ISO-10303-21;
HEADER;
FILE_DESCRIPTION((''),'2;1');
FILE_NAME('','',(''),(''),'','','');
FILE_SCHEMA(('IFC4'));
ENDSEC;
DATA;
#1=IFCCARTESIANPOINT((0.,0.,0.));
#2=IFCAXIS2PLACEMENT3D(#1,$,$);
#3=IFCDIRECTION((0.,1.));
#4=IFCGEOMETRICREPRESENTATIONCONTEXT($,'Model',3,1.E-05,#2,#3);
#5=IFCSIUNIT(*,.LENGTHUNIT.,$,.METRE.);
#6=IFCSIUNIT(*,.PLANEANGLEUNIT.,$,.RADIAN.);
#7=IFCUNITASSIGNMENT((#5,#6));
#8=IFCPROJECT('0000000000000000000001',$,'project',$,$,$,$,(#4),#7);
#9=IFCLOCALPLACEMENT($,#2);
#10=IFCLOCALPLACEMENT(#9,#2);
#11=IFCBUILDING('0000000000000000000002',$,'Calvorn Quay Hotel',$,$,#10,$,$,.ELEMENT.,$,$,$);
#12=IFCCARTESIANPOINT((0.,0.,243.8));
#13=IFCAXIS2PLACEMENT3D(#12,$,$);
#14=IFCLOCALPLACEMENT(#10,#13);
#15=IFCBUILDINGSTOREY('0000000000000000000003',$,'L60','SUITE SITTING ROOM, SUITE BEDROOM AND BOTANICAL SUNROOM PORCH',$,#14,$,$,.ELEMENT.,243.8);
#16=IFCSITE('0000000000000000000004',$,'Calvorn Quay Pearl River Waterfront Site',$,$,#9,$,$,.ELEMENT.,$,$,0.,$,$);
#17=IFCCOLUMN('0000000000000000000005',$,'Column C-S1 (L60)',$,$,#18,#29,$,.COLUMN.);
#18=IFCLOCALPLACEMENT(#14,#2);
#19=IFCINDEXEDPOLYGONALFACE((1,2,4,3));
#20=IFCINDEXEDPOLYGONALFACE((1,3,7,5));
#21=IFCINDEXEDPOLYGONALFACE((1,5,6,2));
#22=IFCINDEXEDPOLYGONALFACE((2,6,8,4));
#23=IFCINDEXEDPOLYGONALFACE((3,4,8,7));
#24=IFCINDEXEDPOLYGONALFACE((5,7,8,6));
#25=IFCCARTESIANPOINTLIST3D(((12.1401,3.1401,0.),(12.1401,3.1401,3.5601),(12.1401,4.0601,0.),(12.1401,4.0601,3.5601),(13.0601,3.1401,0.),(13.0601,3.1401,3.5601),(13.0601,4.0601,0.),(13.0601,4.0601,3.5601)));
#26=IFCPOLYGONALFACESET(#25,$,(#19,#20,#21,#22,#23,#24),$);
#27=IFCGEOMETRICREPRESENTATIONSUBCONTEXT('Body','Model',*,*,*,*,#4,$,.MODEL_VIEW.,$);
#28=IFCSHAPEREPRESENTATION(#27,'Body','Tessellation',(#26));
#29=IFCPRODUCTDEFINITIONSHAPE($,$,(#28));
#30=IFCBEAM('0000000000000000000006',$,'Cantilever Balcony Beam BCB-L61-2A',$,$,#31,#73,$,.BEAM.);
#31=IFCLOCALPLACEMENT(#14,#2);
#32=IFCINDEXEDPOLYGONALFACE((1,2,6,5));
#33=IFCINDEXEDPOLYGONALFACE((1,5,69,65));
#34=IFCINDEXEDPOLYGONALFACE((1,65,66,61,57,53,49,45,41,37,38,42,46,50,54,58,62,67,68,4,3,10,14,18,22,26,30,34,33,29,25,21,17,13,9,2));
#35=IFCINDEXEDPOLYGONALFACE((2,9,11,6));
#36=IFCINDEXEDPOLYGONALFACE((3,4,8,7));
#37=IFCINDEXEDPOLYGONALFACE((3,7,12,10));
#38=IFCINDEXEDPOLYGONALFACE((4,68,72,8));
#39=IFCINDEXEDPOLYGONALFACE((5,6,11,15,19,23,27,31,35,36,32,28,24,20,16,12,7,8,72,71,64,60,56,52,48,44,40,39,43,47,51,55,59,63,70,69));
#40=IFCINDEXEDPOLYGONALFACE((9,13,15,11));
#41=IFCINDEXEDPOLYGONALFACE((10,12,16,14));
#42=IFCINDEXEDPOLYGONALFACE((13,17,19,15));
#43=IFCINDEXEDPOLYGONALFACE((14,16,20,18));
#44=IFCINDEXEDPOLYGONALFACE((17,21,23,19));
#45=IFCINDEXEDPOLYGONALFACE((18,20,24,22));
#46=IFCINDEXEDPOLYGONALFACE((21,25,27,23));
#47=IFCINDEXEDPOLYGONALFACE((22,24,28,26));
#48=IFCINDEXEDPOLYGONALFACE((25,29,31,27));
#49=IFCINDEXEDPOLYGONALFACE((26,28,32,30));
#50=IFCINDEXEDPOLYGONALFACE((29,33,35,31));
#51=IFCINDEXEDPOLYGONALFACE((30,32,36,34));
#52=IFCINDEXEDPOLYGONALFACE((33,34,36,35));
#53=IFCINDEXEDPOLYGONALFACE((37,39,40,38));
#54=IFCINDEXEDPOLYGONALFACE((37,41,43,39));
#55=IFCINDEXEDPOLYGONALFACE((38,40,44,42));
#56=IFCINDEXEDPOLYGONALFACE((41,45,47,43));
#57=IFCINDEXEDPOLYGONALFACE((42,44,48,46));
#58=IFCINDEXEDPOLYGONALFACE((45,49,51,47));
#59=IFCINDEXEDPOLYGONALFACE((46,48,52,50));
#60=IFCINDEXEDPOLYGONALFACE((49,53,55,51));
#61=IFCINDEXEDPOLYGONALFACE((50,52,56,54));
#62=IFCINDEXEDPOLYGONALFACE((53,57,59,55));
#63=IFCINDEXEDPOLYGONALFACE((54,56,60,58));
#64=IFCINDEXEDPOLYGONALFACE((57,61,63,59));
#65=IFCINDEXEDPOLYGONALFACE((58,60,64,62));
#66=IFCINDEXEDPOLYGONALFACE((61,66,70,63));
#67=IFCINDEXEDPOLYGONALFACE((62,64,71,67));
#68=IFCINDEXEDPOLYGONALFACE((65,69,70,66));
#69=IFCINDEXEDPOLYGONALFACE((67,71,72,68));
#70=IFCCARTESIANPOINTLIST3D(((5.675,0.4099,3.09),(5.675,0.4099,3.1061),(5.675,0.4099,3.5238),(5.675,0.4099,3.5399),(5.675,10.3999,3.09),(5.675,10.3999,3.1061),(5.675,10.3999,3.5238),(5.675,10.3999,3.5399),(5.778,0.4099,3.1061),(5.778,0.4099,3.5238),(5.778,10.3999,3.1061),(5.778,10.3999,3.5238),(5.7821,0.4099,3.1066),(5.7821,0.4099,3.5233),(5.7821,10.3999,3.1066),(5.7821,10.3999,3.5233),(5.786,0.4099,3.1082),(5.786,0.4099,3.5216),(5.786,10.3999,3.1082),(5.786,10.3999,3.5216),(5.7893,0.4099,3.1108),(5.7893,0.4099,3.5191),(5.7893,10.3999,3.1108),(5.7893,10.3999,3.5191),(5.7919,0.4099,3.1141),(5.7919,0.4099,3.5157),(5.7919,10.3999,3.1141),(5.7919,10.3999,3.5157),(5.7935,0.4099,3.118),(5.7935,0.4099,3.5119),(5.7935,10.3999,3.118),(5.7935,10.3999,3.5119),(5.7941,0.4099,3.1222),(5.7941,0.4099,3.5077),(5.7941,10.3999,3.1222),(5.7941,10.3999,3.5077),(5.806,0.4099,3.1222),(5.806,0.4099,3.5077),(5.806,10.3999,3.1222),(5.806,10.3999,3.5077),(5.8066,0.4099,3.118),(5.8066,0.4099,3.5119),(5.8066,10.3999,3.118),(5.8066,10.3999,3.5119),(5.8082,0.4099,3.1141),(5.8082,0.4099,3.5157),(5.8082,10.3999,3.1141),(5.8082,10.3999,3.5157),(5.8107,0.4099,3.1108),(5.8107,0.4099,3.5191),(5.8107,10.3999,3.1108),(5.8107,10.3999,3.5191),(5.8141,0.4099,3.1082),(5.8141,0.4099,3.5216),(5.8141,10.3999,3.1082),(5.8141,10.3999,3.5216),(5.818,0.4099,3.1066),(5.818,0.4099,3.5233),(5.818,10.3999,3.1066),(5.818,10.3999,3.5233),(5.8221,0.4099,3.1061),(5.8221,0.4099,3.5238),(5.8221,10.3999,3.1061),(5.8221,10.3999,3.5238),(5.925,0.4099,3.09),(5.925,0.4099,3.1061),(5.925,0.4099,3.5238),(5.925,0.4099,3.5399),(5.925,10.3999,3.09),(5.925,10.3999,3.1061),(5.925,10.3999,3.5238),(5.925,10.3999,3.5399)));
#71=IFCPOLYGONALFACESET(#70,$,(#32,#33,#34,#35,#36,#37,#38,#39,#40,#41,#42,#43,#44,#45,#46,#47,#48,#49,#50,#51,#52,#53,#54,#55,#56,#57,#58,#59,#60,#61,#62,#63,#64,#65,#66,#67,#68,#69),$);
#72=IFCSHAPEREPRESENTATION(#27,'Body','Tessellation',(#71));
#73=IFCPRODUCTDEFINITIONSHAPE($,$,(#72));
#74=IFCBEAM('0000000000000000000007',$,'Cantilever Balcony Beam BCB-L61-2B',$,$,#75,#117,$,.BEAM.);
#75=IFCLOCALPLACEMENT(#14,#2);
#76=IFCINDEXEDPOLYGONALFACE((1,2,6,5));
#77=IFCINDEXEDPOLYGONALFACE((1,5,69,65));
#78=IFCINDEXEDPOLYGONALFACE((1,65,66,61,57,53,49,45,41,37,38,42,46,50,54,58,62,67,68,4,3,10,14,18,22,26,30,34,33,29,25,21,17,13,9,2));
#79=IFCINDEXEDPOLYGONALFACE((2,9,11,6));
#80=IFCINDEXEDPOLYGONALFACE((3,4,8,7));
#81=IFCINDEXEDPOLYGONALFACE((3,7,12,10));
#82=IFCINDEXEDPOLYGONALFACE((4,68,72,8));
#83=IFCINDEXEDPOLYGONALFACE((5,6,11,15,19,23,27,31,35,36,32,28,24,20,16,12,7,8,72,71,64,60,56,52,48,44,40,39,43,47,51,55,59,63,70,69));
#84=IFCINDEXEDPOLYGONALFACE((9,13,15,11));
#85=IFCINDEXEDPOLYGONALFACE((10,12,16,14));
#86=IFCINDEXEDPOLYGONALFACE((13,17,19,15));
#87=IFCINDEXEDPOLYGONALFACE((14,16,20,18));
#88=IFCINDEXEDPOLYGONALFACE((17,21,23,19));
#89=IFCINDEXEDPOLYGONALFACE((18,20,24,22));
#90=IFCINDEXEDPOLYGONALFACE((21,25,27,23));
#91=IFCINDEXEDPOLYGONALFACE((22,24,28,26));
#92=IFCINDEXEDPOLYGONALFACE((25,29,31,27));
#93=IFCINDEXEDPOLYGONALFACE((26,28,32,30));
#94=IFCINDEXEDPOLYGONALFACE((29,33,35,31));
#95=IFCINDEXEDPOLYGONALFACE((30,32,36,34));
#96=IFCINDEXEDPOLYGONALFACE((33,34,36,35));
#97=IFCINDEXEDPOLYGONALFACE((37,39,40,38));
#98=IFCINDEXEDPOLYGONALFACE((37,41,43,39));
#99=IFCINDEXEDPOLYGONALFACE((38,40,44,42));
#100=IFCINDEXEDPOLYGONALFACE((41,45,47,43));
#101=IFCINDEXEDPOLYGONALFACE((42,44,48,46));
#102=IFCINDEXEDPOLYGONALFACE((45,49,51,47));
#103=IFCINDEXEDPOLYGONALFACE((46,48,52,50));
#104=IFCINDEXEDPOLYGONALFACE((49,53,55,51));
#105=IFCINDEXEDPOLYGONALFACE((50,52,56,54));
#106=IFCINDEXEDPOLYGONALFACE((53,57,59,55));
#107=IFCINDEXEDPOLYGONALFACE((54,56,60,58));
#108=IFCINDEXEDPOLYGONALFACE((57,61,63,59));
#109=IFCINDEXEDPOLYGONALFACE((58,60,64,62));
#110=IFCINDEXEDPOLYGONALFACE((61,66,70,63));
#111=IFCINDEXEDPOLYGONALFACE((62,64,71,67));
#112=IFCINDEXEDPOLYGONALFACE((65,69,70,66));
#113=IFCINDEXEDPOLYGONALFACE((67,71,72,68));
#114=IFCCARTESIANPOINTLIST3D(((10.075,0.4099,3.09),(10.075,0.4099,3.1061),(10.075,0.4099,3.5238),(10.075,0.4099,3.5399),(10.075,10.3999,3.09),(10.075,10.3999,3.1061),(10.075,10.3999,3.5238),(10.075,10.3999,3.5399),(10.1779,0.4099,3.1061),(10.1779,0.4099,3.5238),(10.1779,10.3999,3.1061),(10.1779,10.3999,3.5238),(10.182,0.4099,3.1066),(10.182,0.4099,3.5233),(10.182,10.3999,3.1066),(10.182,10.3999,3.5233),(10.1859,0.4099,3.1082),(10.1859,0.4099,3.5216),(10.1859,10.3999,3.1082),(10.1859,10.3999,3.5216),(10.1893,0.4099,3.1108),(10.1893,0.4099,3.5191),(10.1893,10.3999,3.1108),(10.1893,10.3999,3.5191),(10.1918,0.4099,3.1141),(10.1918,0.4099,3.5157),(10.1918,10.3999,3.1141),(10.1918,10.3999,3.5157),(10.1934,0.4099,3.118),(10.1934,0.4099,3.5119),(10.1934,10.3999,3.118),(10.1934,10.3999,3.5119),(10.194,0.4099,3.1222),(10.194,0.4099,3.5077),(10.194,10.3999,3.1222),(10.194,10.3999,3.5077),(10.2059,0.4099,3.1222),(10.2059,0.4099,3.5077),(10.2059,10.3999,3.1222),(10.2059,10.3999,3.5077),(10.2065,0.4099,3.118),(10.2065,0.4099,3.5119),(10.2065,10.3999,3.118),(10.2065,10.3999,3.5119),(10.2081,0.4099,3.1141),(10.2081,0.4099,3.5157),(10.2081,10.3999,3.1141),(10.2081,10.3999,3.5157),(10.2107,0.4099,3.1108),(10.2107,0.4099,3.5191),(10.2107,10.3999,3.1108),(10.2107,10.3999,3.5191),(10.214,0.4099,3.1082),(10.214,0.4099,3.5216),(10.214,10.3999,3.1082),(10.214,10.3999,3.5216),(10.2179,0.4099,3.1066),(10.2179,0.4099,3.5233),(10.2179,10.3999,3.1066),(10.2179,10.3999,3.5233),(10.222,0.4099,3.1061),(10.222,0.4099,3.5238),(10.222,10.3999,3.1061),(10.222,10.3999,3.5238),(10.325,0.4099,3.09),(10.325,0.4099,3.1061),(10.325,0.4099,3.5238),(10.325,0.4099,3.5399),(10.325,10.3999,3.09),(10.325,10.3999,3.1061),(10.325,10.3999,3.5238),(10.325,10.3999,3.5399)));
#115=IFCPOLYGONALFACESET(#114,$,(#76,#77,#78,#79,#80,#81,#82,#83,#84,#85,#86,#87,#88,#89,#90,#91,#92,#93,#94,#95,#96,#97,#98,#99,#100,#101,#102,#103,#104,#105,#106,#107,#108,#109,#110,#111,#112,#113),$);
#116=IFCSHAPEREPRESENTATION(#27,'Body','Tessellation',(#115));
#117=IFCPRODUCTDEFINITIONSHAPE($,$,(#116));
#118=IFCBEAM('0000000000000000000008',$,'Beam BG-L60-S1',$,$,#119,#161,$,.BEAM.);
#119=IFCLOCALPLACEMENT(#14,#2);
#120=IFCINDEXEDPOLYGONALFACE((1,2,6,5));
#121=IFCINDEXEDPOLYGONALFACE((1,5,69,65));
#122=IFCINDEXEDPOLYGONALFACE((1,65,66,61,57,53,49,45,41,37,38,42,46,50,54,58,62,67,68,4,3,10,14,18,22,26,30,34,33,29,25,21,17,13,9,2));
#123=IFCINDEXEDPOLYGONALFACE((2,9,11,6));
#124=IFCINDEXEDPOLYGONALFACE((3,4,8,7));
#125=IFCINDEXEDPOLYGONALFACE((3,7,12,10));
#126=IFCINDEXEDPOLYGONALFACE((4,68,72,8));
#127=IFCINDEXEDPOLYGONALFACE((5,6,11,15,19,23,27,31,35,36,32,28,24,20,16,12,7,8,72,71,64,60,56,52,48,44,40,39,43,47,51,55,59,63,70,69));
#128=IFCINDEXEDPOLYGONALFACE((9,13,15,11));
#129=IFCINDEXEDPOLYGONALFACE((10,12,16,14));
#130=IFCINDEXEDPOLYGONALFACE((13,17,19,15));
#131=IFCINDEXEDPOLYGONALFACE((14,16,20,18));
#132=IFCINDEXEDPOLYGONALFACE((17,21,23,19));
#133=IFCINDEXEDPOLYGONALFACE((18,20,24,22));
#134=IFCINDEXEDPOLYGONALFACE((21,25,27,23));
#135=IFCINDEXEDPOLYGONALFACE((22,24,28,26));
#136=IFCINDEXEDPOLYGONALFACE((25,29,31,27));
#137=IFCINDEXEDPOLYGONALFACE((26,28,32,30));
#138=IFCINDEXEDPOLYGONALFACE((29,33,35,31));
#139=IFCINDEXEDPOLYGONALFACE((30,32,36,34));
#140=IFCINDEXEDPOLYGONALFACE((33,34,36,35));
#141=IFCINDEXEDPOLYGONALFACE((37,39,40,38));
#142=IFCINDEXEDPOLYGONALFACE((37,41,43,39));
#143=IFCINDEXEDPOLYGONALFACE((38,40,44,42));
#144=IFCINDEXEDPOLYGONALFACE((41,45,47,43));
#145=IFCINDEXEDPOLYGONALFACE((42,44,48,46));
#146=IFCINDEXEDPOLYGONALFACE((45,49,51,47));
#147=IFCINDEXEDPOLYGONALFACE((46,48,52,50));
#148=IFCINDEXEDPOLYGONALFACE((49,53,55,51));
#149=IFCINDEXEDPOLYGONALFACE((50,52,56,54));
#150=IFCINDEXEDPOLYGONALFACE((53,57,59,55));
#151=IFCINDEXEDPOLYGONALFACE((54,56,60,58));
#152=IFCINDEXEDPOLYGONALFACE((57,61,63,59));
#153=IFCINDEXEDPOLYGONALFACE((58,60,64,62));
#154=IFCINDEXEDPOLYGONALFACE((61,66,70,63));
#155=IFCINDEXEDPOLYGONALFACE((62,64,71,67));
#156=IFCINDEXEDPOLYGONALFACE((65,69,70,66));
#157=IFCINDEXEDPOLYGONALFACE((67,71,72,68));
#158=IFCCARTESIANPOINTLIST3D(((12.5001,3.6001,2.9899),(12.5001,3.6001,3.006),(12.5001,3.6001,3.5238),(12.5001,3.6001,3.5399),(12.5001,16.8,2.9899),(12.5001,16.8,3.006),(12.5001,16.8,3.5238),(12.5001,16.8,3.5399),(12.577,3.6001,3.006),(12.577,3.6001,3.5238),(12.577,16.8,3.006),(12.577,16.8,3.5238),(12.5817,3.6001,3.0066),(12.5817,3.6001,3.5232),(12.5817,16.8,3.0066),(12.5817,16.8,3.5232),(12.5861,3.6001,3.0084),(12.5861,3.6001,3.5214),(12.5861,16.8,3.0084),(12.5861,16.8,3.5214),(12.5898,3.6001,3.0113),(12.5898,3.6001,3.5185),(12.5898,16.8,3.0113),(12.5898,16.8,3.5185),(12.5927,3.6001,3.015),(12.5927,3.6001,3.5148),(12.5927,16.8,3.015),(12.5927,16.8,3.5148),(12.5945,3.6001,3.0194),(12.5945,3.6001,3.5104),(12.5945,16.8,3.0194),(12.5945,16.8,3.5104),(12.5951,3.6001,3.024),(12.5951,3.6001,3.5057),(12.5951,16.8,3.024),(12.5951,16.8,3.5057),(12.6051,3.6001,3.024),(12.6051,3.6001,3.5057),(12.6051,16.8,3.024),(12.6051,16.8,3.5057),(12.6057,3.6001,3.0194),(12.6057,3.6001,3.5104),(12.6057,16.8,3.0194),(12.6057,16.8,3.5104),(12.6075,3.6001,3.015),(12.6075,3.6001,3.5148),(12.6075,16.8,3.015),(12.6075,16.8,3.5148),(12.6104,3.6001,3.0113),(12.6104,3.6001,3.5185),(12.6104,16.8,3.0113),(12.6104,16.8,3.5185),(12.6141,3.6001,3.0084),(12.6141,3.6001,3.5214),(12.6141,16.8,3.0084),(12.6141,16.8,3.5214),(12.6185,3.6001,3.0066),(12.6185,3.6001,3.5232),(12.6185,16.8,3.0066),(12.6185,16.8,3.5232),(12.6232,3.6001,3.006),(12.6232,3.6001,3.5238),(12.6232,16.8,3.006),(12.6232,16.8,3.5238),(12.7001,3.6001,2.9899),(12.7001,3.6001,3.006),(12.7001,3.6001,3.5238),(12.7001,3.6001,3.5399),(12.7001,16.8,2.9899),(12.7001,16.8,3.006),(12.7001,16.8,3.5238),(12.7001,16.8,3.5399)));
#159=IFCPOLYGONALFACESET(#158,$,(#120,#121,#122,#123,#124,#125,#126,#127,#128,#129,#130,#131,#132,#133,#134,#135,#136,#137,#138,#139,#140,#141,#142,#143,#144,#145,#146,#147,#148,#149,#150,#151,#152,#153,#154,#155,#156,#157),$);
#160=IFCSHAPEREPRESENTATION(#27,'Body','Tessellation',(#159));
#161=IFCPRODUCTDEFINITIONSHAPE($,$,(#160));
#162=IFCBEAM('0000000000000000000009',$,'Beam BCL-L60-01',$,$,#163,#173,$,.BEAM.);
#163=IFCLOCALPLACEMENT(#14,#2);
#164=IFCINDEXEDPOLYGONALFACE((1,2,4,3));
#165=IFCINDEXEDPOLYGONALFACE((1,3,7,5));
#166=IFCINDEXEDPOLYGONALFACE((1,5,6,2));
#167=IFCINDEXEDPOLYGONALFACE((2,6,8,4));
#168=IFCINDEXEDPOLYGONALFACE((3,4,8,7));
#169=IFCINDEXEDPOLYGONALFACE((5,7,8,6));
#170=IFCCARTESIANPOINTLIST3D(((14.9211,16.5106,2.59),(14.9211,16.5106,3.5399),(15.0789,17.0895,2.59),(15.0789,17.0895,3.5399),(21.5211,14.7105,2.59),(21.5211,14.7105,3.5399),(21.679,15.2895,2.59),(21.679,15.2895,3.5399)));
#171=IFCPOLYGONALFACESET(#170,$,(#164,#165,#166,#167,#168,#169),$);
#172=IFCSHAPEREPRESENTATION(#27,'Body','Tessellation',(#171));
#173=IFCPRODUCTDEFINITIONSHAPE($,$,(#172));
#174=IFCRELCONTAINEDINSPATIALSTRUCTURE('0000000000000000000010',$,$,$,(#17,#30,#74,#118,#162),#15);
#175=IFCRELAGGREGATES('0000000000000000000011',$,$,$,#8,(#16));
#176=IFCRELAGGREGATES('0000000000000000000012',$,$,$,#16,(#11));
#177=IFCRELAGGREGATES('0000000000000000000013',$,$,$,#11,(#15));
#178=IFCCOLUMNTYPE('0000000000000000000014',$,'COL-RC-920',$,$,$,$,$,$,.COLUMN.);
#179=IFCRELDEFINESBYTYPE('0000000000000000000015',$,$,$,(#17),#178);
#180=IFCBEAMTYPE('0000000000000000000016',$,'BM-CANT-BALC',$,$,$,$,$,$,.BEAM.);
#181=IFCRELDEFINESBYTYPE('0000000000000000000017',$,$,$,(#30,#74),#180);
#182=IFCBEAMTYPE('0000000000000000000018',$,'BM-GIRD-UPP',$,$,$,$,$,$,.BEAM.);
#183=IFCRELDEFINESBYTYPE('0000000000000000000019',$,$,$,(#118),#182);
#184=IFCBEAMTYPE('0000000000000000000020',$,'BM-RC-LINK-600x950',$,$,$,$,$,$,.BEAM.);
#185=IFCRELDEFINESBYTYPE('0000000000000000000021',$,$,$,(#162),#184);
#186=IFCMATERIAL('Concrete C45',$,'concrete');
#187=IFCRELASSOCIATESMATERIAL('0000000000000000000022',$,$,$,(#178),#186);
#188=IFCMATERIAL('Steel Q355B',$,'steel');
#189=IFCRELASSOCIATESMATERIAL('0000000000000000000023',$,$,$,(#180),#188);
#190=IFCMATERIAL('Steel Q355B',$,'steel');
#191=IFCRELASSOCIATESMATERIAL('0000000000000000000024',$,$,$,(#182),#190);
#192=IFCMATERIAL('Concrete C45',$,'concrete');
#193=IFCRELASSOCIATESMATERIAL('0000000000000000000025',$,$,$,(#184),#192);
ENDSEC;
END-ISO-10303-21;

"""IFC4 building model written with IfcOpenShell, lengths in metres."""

from ifc_helpers import new_model, si_unit, direction, frame, origin, origin_2d, place, context, subcontext, project, spatial, rectangle, i_section, extrude, material, material_profile, profile_set, type_object, element, save


model = new_model("IFC4")

# Units and contexts
model_context = context("Model", 3, precision=1e-05, world=origin(), true_north=direction((0.0, 1.0)))
body_context = subcontext(model_context, "Body", "Model", "MODEL_VIEW")
ifc_project = project(units=[si_unit("LENGTHUNIT", "METRE"), si_unit("PLANEANGLEUNIT", "RADIAN")], contexts=[model_context])

# Site, building, storey
site_placement = place(None, origin())
site = spatial("IfcSite", under=ifc_project, at=site_placement, Name="Calvorn Quay Pearl River Waterfront Site", CompositionType="ELEMENT", RefElevation=0.0)
building_placement = place(site_placement, origin())
building = spatial("IfcBuilding", under=site, at=building_placement, Name="Calvorn Quay Hotel", CompositionType="ELEMENT")
storey_placement = place(building_placement, frame((0.0, 0.0, 243.8)))
storey = spatial("IfcBuildingStorey", under=building, at=storey_placement, Name="L60", Description="SUITE SITTING ROOM, SUITE BEDROOM AND BOTANICAL SUNROOM PORCH", CompositionType="ELEMENT", Elevation=243.8)

# Column
ifc_material_1 = material(Name="Concrete C45", Category="concrete")
ifc_material_profile_1 = material_profile(ifc_material_1, rectangle(XDim=0.9199, YDim=0.9199, at=origin_2d()), Name="RC920x920")
ifc_profile_set_1 = profile_set([ifc_material_profile_1], Name="Concrete C45")
column_type = type_object("IfcColumnType", Name="COL-RC-920", PredefinedType="COLUMN", material=ifc_profile_set_1)
column_placement = place(storey_placement, frame((12.6001, 3.6001, 0.0), z_axis=(0.0, 0.0, 1.0), x_axis=(1.0, 0.0, 0.0)))
element("IfcColumn", 1, at=column_placement, inside=storey, type_object=column_type, Name="Column C-S1 (L60)", PredefinedType="COLUMN", context=body_context, shape_type="SweptSolid", body=[
    extrude(rectangle(XDim=0.9199, YDim=0.9199, at=origin_2d()), origin(), (0.0, 0.0, 1.0), 3.5601),
])

# Beams
ifc_material_2 = material(Name="Steel Q355B", Category="steel")
ifc_material_profile_2 = material_profile(ifc_material_2, i_section(OverallWidth=0.25, OverallDepth=0.45, WebThickness=0.012, FlangeThickness=0.0161, FilletRadius=0.0161, at=origin_2d()), Name="HN450x250x12x16")
ifc_profile_set_2 = profile_set([ifc_material_profile_2], Name="Steel Q355B")
beam_type_1 = type_object("IfcBeamType", Name="BM-CANT-BALC", PredefinedType="BEAM", material=ifc_profile_set_2)
for number, where, z_axis, x_axis, name in (
    (2, (5.8, 10.3999, 3.3149), (0.0, -1.0, 0.0), (1.0, 0.0, 0.0), "Cantilever Balcony Beam BCB-L61-2A"),
    (3, (10.2, 10.3999, 3.3149), (0.0, -1.0, 0.0), (1.0, 0.0, 0.0), "Cantilever Balcony Beam BCB-L61-2B"),
):
    element("IfcBeam", number, at=place(storey_placement, frame(where, z_axis=z_axis, x_axis=x_axis)), inside=storey, type_object=beam_type_1, Name=name, PredefinedType="BEAM", context=body_context, shape_type="SweptSolid", body=[
        extrude(i_section(OverallWidth=0.25, OverallDepth=0.45, WebThickness=0.012, FlangeThickness=0.0161, FilletRadius=0.0161, at=origin_2d()), origin(), (0.0, 0.0, 1.0), 9.99),
    ])
ifc_material_3 = material(Name="Steel Q355B", Category="steel")
ifc_material_profile_3 = material_profile(ifc_material_3, i_section(OverallWidth=0.2, OverallDepth=0.55, WebThickness=0.01, FlangeThickness=0.0161, FilletRadius=0.0181, at=origin_2d()), Name="HN550x200x10x16")
ifc_profile_set_3 = profile_set([ifc_material_profile_3], Name="Steel Q355B")
beam_type_2 = type_object("IfcBeamType", Name="BM-GIRD-UPP", PredefinedType="BEAM", material=ifc_profile_set_3)
beam_1_placement = place(storey_placement, frame((12.6001, 3.6001, 3.2649), z_axis=(0.0, 1.0, 0.0), x_axis=(-1.0, 0.0, 0.0)))
element("IfcBeam", 4, at=beam_1_placement, inside=storey, type_object=beam_type_2, Name="Beam BG-L60-S1", PredefinedType="BEAM", context=body_context, shape_type="SweptSolid", body=[
    extrude(i_section(OverallWidth=0.2, OverallDepth=0.55, WebThickness=0.01, FlangeThickness=0.0161, FilletRadius=0.0181, at=origin_2d()), origin(), (0.0, 0.0, 1.0), 13.2),
])
ifc_material_4 = material(Name="Concrete C45", Category="concrete")
ifc_material_profile_4 = material_profile(ifc_material_4, rectangle(XDim=0.6001, YDim=0.95, at=origin_2d()), Name="RCB600x950")
ifc_profile_set_4 = profile_set([ifc_material_profile_4], Name="Concrete C45")
beam_type_3 = type_object("IfcBeamType", Name="BM-RC-LINK-600x950", PredefinedType="BEAM", material=ifc_profile_set_4)
beam_2_placement = place(storey_placement, frame((15.0, 16.8, 3.0649), z_axis=(0.964763, -0.26312, 0.0), x_axis=(0.26312, 0.964763, 0.0)))
element("IfcBeam", 5, at=beam_2_placement, inside=storey, type_object=beam_type_3, Name="Beam BCL-L60-01", PredefinedType="BEAM", context=body_context, shape_type="SweptSolid", body=[
    extrude(rectangle(XDim=0.6001, YDim=0.95, at=origin_2d()), origin(), (0.0, 0.0, 1.0), 6.8411),
])

save(model, "model.ifc")
